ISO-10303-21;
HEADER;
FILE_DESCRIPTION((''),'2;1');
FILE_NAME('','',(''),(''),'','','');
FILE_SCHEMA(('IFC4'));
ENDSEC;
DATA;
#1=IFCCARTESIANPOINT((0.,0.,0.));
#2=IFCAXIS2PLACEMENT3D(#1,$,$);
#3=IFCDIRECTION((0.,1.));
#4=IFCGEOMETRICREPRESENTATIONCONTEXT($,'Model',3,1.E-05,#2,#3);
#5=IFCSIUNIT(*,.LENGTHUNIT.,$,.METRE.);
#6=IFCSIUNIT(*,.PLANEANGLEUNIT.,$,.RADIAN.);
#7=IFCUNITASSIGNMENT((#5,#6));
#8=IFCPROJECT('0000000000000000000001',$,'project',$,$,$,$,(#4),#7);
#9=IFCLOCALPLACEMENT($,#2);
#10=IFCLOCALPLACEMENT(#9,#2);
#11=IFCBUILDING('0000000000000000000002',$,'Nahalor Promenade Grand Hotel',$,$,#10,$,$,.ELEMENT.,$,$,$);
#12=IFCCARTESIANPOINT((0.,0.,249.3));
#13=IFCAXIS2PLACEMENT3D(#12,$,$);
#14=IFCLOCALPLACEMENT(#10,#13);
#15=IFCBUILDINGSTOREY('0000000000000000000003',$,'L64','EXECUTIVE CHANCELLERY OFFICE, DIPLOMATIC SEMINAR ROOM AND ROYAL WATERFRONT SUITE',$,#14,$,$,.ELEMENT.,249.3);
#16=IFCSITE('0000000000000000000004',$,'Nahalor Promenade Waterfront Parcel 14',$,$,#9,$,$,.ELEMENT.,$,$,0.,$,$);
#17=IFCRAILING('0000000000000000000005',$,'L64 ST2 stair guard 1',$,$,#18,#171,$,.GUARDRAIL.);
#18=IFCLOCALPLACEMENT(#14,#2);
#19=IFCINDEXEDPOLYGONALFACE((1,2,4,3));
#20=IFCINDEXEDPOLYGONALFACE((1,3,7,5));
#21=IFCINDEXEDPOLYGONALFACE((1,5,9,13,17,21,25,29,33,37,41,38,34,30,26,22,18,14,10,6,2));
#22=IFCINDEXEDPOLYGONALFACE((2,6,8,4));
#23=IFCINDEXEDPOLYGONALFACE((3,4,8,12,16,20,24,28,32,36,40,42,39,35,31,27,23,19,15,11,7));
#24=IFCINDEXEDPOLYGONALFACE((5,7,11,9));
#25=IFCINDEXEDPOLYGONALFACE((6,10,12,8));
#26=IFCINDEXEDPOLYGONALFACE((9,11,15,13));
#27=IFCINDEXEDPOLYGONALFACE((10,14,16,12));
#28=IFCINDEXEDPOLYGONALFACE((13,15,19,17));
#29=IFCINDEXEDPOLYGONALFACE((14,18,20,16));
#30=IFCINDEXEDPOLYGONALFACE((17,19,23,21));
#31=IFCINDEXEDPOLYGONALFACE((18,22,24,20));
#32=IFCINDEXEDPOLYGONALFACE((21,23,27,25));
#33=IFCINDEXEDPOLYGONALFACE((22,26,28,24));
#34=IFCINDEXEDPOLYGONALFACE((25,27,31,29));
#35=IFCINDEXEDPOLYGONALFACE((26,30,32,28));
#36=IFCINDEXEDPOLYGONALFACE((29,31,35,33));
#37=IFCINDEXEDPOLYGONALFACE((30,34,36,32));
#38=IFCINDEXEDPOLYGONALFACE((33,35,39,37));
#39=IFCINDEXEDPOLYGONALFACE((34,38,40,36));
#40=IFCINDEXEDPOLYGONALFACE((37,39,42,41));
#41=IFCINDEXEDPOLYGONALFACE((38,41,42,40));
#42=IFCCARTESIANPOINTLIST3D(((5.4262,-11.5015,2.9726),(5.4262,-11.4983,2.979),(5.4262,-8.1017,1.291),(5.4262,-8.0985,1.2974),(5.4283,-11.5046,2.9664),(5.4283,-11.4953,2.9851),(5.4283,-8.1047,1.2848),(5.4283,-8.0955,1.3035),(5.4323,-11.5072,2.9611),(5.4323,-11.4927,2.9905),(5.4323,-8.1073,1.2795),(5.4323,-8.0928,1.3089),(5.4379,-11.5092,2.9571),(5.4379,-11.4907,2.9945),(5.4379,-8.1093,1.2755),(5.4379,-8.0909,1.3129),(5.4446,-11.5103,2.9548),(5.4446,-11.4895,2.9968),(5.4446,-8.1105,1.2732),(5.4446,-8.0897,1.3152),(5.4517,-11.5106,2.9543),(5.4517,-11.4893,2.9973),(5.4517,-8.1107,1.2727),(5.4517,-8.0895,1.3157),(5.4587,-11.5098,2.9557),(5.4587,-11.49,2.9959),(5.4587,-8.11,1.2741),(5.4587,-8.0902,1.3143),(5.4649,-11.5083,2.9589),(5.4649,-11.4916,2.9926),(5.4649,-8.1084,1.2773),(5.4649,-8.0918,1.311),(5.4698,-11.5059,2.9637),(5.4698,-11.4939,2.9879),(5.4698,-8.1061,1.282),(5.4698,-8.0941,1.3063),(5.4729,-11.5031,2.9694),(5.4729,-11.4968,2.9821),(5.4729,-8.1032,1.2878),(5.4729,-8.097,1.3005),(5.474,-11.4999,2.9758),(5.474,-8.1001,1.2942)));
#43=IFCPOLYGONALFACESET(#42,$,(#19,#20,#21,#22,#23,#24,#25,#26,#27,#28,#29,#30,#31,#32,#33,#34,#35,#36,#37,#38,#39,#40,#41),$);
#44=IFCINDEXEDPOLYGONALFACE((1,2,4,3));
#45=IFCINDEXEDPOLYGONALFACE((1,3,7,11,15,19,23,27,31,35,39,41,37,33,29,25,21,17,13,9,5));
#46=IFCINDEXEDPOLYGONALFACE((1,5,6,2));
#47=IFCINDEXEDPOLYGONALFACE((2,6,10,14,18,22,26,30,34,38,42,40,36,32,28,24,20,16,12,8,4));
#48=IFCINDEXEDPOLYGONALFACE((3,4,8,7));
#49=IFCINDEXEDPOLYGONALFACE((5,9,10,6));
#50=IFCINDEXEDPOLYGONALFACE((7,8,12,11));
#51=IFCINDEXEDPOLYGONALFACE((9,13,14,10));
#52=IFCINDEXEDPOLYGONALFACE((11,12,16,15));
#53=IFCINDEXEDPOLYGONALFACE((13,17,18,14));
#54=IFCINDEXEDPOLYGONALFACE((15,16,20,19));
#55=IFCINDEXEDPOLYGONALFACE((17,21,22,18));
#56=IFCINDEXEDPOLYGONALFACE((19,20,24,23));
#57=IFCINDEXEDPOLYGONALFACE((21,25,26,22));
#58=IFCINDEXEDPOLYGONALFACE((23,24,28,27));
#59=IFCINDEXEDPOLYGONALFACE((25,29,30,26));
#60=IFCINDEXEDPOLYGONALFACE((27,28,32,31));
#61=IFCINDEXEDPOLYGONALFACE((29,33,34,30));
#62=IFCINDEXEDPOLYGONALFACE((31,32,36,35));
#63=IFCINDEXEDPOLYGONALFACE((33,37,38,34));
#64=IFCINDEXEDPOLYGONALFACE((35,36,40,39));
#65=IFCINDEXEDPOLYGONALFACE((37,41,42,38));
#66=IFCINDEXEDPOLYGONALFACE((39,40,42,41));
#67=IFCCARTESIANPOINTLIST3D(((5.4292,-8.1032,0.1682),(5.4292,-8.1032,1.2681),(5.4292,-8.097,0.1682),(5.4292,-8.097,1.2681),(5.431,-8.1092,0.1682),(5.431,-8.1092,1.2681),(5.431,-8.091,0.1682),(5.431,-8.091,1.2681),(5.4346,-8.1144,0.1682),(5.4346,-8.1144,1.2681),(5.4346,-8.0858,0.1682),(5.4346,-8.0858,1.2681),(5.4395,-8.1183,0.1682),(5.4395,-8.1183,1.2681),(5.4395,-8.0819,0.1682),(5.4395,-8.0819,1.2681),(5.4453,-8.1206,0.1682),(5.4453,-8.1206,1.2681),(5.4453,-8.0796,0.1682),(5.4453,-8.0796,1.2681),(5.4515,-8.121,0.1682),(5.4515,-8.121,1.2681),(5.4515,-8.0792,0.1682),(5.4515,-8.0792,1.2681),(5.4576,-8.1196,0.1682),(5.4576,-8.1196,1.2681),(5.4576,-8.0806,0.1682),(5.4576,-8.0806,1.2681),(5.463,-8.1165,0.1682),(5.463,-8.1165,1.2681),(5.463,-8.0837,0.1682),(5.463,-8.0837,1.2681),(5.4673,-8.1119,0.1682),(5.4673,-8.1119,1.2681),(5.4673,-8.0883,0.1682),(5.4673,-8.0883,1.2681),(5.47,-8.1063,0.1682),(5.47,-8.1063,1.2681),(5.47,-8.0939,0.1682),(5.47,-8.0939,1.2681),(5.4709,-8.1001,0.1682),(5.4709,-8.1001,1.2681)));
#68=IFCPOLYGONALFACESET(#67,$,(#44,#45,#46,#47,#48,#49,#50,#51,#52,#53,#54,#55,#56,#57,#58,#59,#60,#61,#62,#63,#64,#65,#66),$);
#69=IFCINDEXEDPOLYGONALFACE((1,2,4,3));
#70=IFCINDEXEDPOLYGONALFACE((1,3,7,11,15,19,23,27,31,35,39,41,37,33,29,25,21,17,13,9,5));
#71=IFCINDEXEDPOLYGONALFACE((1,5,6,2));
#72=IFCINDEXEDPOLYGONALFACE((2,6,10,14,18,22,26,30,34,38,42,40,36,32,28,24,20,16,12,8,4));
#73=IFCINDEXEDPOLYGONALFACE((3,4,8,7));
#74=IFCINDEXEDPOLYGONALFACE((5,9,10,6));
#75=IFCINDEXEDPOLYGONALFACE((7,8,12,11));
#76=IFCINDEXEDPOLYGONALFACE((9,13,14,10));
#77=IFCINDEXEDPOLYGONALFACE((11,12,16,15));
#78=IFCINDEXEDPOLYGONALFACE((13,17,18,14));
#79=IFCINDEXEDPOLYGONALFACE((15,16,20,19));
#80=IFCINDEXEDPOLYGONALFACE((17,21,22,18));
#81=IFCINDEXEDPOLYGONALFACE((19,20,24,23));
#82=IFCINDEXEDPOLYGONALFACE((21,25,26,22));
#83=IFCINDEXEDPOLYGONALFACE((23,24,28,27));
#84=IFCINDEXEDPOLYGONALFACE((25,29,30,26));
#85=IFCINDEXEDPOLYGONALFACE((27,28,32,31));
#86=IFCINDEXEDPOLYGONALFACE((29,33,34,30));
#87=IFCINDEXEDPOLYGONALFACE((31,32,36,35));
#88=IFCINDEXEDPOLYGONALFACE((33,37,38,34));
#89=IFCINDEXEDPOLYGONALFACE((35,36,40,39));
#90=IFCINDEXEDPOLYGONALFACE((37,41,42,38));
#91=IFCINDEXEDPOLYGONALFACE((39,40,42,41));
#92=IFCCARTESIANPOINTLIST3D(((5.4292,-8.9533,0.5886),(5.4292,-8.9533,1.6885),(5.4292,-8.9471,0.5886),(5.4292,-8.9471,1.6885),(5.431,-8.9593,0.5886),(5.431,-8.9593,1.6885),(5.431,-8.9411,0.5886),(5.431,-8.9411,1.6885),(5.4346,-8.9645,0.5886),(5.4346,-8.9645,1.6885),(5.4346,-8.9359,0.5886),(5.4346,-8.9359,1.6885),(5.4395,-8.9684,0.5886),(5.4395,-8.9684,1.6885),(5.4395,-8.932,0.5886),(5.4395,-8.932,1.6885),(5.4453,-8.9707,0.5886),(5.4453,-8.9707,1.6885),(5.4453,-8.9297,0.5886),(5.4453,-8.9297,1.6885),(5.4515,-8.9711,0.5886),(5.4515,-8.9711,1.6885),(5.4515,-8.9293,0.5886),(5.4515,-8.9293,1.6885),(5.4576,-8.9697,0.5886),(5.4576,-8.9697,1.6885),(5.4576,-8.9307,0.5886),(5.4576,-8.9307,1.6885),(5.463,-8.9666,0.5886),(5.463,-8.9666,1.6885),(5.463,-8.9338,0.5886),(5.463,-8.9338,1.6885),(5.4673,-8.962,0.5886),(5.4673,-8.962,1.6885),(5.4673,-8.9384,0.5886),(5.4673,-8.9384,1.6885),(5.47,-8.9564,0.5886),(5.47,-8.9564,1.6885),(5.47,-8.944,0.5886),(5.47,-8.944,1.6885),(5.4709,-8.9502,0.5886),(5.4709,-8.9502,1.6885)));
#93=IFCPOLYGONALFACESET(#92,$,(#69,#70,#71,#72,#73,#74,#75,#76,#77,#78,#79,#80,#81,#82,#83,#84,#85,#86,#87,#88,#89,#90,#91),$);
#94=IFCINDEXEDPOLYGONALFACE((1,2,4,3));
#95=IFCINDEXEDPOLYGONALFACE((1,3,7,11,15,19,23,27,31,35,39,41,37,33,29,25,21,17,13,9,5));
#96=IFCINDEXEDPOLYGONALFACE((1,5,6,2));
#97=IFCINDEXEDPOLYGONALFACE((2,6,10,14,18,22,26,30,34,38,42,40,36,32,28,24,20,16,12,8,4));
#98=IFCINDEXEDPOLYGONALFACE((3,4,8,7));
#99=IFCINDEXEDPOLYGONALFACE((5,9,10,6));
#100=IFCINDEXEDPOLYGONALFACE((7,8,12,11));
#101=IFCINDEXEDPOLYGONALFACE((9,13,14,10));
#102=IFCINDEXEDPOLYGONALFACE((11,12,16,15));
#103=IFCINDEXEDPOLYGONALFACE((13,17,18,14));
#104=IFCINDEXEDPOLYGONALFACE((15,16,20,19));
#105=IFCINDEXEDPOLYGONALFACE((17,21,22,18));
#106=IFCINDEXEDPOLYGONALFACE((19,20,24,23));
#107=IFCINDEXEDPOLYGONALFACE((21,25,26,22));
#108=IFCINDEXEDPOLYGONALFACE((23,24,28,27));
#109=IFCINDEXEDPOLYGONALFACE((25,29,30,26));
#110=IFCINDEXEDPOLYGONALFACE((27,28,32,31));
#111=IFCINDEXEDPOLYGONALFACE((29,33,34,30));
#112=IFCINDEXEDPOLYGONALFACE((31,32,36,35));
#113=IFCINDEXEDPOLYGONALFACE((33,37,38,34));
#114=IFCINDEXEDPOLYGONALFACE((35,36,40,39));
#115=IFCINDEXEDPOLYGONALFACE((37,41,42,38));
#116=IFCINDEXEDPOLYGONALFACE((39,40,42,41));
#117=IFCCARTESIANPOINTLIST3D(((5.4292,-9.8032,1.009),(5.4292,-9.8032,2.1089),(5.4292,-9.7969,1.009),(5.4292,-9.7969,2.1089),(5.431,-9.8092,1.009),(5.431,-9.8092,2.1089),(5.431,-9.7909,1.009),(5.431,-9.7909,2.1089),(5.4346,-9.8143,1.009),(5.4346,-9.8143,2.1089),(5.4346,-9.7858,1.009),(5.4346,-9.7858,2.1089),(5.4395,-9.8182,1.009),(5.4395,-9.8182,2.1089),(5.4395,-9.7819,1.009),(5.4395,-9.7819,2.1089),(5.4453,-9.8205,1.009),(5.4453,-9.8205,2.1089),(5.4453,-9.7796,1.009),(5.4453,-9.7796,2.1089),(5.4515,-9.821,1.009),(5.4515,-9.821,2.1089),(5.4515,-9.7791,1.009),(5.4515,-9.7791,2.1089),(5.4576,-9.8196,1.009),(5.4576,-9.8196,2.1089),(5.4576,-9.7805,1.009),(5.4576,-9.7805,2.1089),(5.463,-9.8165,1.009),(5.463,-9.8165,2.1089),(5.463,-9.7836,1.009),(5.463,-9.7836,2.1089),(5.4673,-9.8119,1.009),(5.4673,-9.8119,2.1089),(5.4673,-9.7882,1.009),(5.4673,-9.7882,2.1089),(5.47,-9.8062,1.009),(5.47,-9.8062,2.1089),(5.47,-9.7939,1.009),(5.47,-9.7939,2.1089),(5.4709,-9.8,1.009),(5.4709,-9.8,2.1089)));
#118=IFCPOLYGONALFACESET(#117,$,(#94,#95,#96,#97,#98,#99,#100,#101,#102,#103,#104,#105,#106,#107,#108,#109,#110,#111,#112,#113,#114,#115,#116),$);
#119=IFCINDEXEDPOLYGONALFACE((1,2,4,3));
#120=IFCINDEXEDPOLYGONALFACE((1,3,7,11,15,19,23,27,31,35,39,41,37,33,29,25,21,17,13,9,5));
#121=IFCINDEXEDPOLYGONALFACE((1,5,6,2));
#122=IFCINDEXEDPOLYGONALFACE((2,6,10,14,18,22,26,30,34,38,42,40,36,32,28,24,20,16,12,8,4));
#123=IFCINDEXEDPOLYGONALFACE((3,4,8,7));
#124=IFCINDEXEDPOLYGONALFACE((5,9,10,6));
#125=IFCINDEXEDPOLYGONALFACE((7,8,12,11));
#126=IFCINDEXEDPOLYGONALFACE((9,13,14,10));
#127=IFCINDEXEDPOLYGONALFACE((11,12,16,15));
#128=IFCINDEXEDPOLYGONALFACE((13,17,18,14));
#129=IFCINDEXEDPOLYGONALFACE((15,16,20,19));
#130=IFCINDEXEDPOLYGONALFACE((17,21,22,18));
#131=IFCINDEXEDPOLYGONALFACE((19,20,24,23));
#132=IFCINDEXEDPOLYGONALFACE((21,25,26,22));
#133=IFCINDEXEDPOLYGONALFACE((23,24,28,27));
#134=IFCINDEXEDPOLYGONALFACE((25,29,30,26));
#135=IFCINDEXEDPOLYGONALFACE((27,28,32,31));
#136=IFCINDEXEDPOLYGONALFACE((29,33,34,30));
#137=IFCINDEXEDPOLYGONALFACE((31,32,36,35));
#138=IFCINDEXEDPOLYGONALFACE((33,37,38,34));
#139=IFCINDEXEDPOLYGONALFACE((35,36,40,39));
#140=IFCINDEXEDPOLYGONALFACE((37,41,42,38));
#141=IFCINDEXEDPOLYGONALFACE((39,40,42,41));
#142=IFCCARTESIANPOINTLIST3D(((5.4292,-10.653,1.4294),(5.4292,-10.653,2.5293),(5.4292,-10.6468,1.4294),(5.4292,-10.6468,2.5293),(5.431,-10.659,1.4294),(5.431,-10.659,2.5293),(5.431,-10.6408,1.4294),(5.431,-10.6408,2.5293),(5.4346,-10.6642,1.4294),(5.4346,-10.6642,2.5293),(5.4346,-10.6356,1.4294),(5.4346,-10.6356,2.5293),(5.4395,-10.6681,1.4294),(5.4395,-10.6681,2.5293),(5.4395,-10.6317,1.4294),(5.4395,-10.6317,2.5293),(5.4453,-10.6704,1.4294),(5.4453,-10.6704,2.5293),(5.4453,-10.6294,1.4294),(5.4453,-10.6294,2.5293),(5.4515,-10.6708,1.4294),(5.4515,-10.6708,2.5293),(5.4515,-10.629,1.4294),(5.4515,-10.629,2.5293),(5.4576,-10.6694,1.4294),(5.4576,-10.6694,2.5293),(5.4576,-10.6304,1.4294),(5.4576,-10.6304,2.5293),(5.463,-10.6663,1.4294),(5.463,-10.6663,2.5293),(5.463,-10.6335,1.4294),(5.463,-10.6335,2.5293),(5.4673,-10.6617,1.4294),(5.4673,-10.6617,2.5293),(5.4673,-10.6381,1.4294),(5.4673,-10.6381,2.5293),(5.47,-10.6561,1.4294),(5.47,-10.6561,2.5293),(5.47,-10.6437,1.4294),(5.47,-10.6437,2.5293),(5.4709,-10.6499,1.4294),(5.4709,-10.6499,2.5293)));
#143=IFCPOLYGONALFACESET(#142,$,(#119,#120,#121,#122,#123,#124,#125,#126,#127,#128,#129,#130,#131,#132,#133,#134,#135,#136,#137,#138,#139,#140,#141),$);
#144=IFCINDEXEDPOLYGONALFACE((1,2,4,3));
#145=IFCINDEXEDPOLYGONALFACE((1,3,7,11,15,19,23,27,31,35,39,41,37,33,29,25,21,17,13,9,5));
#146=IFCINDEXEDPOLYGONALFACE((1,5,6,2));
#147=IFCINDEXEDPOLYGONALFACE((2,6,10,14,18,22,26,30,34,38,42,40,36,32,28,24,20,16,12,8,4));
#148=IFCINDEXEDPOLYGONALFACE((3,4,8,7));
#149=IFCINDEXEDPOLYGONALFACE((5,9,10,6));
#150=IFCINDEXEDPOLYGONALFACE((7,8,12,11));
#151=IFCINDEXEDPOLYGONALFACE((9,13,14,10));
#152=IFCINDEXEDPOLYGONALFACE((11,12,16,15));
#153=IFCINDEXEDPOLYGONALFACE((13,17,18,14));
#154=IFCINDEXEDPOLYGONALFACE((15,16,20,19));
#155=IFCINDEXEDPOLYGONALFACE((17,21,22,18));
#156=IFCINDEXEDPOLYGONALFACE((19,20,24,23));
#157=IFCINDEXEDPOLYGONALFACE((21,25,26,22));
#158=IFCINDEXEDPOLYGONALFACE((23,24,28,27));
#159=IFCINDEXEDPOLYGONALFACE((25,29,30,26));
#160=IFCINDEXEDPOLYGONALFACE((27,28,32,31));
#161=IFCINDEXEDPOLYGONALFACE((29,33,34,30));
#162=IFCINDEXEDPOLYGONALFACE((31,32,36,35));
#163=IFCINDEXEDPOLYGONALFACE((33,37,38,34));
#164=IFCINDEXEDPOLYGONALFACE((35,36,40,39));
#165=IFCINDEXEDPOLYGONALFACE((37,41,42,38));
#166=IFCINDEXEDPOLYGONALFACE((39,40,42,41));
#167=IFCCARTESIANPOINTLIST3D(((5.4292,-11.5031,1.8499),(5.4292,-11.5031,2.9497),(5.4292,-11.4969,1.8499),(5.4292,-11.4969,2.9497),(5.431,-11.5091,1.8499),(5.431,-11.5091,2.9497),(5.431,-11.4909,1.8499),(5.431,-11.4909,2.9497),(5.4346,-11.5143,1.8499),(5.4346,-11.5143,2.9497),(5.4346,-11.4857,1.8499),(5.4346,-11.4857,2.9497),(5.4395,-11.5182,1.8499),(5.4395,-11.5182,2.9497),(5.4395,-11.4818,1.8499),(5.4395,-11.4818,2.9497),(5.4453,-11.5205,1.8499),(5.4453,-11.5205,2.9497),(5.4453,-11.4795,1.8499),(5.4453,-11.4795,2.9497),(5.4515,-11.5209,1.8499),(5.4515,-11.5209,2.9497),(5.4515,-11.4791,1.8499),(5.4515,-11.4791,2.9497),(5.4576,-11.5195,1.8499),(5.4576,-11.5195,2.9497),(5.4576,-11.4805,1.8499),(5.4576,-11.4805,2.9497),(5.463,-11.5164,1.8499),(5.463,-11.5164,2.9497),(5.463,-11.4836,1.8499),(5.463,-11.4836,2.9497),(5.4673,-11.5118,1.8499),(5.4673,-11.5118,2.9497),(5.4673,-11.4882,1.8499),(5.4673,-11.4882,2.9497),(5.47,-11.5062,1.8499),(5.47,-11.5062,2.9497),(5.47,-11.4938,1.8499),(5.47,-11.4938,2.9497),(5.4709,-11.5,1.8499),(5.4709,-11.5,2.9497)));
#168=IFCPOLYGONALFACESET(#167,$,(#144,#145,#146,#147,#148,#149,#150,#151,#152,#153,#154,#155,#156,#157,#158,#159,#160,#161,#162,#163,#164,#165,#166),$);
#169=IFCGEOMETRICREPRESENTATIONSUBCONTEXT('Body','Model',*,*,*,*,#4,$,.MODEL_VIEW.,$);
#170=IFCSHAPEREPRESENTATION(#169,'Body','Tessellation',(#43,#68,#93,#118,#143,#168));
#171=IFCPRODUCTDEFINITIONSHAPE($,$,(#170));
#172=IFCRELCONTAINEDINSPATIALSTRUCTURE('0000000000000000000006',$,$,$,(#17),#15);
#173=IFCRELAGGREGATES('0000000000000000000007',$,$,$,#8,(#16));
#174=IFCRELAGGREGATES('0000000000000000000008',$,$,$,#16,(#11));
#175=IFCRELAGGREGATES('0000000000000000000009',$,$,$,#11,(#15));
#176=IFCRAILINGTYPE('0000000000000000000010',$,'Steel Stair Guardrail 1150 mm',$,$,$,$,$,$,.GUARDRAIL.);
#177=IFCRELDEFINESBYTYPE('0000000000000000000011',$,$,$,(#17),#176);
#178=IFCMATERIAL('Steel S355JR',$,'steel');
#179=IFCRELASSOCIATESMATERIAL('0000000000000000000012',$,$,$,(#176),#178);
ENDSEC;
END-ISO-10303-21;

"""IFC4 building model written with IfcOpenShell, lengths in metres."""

from ifc_helpers import new_model, si_unit, direction, frame, origin, origin_2d, place, context, subcontext, project, spatial, circle, extrude, material, type_object, element, save


model = new_model("IFC4")

# Units and contexts
model_context = context("Model", 3, precision=1e-05, world=origin(), true_north=direction((0.0, 1.0)))
body_context = subcontext(model_context, "Body", "Model", "MODEL_VIEW")
ifc_project = project(units=[si_unit("LENGTHUNIT", "METRE"), si_unit("PLANEANGLEUNIT", "RADIAN")], contexts=[model_context])

# Site, building, storey
site_placement = place(None, origin())
site = spatial("IfcSite", under=ifc_project, at=site_placement, Name="Nahalor Promenade Waterfront Parcel 14", CompositionType="ELEMENT", RefElevation=0.0)
building_placement = place(site_placement, origin())
building = spatial("IfcBuilding", under=site, at=building_placement, Name="Nahalor Promenade Grand Hotel", CompositionType="ELEMENT")
storey_placement = place(building_placement, frame((0.0, 0.0, 249.3)))
storey = spatial("IfcBuildingStorey", under=building, at=storey_placement, Name="L64", Description="EXECUTIVE CHANCELLERY OFFICE, DIPLOMATIC SEMINAR ROOM AND ROYAL WATERFRONT SUITE", CompositionType="ELEMENT", Elevation=249.3)

# Shared definitions
ifc_material_1 = material(Name="Steel S355JR", Category="steel")

# Railing
railing_type_1 = type_object("IfcRailingType", Name="Steel Stair Guardrail 1150 mm", PredefinedType="GUARDRAIL", material=ifc_material_1)
for number, where, name in (
    (1, (5.45, -8.1001, 0.1682), "L64 ST2 stair guard 1"),
):
    element("IfcRailing", number, at=place(storey_placement, frame(where)), inside=storey, type_object=railing_type_1, Name=name, PredefinedType="GUARDRAIL", context=body_context, shape_type="SweptSolid", body=[
        extrude(circle(Radius=0.024, at=origin_2d()), frame((0.0, 0.0, 1.126), z_axis=(0.0, -0.89635, 0.443348), x_axis=(1.0, 0.0, 0.0)), (0.0, 0.0, 1.0), 3.793),
        extrude(circle(Radius=0.021, at=origin_2d()), origin(), (0.0, 0.0, 1.0), 1.0999),
        extrude(circle(Radius=0.021, at=origin_2d()), frame((0.0, -0.8501, 0.4204)), (0.0, 0.0, 1.0), 1.0999),
        extrude(circle(Radius=0.021, at=origin_2d()), frame((0.0, -1.7, 0.8408)), (0.0, 0.0, 1.0), 1.0999),
        extrude(circle(Radius=0.021, at=origin_2d()), frame((0.0, -2.5498, 1.2612)), (0.0, 0.0, 1.0), 1.0999),
        extrude(circle(Radius=0.021, at=origin_2d()), frame((0.0, -3.3999, 1.6816)), (0.0, 0.0, 1.0), 1.0999),
    ])

save(model, "model.ifc")
